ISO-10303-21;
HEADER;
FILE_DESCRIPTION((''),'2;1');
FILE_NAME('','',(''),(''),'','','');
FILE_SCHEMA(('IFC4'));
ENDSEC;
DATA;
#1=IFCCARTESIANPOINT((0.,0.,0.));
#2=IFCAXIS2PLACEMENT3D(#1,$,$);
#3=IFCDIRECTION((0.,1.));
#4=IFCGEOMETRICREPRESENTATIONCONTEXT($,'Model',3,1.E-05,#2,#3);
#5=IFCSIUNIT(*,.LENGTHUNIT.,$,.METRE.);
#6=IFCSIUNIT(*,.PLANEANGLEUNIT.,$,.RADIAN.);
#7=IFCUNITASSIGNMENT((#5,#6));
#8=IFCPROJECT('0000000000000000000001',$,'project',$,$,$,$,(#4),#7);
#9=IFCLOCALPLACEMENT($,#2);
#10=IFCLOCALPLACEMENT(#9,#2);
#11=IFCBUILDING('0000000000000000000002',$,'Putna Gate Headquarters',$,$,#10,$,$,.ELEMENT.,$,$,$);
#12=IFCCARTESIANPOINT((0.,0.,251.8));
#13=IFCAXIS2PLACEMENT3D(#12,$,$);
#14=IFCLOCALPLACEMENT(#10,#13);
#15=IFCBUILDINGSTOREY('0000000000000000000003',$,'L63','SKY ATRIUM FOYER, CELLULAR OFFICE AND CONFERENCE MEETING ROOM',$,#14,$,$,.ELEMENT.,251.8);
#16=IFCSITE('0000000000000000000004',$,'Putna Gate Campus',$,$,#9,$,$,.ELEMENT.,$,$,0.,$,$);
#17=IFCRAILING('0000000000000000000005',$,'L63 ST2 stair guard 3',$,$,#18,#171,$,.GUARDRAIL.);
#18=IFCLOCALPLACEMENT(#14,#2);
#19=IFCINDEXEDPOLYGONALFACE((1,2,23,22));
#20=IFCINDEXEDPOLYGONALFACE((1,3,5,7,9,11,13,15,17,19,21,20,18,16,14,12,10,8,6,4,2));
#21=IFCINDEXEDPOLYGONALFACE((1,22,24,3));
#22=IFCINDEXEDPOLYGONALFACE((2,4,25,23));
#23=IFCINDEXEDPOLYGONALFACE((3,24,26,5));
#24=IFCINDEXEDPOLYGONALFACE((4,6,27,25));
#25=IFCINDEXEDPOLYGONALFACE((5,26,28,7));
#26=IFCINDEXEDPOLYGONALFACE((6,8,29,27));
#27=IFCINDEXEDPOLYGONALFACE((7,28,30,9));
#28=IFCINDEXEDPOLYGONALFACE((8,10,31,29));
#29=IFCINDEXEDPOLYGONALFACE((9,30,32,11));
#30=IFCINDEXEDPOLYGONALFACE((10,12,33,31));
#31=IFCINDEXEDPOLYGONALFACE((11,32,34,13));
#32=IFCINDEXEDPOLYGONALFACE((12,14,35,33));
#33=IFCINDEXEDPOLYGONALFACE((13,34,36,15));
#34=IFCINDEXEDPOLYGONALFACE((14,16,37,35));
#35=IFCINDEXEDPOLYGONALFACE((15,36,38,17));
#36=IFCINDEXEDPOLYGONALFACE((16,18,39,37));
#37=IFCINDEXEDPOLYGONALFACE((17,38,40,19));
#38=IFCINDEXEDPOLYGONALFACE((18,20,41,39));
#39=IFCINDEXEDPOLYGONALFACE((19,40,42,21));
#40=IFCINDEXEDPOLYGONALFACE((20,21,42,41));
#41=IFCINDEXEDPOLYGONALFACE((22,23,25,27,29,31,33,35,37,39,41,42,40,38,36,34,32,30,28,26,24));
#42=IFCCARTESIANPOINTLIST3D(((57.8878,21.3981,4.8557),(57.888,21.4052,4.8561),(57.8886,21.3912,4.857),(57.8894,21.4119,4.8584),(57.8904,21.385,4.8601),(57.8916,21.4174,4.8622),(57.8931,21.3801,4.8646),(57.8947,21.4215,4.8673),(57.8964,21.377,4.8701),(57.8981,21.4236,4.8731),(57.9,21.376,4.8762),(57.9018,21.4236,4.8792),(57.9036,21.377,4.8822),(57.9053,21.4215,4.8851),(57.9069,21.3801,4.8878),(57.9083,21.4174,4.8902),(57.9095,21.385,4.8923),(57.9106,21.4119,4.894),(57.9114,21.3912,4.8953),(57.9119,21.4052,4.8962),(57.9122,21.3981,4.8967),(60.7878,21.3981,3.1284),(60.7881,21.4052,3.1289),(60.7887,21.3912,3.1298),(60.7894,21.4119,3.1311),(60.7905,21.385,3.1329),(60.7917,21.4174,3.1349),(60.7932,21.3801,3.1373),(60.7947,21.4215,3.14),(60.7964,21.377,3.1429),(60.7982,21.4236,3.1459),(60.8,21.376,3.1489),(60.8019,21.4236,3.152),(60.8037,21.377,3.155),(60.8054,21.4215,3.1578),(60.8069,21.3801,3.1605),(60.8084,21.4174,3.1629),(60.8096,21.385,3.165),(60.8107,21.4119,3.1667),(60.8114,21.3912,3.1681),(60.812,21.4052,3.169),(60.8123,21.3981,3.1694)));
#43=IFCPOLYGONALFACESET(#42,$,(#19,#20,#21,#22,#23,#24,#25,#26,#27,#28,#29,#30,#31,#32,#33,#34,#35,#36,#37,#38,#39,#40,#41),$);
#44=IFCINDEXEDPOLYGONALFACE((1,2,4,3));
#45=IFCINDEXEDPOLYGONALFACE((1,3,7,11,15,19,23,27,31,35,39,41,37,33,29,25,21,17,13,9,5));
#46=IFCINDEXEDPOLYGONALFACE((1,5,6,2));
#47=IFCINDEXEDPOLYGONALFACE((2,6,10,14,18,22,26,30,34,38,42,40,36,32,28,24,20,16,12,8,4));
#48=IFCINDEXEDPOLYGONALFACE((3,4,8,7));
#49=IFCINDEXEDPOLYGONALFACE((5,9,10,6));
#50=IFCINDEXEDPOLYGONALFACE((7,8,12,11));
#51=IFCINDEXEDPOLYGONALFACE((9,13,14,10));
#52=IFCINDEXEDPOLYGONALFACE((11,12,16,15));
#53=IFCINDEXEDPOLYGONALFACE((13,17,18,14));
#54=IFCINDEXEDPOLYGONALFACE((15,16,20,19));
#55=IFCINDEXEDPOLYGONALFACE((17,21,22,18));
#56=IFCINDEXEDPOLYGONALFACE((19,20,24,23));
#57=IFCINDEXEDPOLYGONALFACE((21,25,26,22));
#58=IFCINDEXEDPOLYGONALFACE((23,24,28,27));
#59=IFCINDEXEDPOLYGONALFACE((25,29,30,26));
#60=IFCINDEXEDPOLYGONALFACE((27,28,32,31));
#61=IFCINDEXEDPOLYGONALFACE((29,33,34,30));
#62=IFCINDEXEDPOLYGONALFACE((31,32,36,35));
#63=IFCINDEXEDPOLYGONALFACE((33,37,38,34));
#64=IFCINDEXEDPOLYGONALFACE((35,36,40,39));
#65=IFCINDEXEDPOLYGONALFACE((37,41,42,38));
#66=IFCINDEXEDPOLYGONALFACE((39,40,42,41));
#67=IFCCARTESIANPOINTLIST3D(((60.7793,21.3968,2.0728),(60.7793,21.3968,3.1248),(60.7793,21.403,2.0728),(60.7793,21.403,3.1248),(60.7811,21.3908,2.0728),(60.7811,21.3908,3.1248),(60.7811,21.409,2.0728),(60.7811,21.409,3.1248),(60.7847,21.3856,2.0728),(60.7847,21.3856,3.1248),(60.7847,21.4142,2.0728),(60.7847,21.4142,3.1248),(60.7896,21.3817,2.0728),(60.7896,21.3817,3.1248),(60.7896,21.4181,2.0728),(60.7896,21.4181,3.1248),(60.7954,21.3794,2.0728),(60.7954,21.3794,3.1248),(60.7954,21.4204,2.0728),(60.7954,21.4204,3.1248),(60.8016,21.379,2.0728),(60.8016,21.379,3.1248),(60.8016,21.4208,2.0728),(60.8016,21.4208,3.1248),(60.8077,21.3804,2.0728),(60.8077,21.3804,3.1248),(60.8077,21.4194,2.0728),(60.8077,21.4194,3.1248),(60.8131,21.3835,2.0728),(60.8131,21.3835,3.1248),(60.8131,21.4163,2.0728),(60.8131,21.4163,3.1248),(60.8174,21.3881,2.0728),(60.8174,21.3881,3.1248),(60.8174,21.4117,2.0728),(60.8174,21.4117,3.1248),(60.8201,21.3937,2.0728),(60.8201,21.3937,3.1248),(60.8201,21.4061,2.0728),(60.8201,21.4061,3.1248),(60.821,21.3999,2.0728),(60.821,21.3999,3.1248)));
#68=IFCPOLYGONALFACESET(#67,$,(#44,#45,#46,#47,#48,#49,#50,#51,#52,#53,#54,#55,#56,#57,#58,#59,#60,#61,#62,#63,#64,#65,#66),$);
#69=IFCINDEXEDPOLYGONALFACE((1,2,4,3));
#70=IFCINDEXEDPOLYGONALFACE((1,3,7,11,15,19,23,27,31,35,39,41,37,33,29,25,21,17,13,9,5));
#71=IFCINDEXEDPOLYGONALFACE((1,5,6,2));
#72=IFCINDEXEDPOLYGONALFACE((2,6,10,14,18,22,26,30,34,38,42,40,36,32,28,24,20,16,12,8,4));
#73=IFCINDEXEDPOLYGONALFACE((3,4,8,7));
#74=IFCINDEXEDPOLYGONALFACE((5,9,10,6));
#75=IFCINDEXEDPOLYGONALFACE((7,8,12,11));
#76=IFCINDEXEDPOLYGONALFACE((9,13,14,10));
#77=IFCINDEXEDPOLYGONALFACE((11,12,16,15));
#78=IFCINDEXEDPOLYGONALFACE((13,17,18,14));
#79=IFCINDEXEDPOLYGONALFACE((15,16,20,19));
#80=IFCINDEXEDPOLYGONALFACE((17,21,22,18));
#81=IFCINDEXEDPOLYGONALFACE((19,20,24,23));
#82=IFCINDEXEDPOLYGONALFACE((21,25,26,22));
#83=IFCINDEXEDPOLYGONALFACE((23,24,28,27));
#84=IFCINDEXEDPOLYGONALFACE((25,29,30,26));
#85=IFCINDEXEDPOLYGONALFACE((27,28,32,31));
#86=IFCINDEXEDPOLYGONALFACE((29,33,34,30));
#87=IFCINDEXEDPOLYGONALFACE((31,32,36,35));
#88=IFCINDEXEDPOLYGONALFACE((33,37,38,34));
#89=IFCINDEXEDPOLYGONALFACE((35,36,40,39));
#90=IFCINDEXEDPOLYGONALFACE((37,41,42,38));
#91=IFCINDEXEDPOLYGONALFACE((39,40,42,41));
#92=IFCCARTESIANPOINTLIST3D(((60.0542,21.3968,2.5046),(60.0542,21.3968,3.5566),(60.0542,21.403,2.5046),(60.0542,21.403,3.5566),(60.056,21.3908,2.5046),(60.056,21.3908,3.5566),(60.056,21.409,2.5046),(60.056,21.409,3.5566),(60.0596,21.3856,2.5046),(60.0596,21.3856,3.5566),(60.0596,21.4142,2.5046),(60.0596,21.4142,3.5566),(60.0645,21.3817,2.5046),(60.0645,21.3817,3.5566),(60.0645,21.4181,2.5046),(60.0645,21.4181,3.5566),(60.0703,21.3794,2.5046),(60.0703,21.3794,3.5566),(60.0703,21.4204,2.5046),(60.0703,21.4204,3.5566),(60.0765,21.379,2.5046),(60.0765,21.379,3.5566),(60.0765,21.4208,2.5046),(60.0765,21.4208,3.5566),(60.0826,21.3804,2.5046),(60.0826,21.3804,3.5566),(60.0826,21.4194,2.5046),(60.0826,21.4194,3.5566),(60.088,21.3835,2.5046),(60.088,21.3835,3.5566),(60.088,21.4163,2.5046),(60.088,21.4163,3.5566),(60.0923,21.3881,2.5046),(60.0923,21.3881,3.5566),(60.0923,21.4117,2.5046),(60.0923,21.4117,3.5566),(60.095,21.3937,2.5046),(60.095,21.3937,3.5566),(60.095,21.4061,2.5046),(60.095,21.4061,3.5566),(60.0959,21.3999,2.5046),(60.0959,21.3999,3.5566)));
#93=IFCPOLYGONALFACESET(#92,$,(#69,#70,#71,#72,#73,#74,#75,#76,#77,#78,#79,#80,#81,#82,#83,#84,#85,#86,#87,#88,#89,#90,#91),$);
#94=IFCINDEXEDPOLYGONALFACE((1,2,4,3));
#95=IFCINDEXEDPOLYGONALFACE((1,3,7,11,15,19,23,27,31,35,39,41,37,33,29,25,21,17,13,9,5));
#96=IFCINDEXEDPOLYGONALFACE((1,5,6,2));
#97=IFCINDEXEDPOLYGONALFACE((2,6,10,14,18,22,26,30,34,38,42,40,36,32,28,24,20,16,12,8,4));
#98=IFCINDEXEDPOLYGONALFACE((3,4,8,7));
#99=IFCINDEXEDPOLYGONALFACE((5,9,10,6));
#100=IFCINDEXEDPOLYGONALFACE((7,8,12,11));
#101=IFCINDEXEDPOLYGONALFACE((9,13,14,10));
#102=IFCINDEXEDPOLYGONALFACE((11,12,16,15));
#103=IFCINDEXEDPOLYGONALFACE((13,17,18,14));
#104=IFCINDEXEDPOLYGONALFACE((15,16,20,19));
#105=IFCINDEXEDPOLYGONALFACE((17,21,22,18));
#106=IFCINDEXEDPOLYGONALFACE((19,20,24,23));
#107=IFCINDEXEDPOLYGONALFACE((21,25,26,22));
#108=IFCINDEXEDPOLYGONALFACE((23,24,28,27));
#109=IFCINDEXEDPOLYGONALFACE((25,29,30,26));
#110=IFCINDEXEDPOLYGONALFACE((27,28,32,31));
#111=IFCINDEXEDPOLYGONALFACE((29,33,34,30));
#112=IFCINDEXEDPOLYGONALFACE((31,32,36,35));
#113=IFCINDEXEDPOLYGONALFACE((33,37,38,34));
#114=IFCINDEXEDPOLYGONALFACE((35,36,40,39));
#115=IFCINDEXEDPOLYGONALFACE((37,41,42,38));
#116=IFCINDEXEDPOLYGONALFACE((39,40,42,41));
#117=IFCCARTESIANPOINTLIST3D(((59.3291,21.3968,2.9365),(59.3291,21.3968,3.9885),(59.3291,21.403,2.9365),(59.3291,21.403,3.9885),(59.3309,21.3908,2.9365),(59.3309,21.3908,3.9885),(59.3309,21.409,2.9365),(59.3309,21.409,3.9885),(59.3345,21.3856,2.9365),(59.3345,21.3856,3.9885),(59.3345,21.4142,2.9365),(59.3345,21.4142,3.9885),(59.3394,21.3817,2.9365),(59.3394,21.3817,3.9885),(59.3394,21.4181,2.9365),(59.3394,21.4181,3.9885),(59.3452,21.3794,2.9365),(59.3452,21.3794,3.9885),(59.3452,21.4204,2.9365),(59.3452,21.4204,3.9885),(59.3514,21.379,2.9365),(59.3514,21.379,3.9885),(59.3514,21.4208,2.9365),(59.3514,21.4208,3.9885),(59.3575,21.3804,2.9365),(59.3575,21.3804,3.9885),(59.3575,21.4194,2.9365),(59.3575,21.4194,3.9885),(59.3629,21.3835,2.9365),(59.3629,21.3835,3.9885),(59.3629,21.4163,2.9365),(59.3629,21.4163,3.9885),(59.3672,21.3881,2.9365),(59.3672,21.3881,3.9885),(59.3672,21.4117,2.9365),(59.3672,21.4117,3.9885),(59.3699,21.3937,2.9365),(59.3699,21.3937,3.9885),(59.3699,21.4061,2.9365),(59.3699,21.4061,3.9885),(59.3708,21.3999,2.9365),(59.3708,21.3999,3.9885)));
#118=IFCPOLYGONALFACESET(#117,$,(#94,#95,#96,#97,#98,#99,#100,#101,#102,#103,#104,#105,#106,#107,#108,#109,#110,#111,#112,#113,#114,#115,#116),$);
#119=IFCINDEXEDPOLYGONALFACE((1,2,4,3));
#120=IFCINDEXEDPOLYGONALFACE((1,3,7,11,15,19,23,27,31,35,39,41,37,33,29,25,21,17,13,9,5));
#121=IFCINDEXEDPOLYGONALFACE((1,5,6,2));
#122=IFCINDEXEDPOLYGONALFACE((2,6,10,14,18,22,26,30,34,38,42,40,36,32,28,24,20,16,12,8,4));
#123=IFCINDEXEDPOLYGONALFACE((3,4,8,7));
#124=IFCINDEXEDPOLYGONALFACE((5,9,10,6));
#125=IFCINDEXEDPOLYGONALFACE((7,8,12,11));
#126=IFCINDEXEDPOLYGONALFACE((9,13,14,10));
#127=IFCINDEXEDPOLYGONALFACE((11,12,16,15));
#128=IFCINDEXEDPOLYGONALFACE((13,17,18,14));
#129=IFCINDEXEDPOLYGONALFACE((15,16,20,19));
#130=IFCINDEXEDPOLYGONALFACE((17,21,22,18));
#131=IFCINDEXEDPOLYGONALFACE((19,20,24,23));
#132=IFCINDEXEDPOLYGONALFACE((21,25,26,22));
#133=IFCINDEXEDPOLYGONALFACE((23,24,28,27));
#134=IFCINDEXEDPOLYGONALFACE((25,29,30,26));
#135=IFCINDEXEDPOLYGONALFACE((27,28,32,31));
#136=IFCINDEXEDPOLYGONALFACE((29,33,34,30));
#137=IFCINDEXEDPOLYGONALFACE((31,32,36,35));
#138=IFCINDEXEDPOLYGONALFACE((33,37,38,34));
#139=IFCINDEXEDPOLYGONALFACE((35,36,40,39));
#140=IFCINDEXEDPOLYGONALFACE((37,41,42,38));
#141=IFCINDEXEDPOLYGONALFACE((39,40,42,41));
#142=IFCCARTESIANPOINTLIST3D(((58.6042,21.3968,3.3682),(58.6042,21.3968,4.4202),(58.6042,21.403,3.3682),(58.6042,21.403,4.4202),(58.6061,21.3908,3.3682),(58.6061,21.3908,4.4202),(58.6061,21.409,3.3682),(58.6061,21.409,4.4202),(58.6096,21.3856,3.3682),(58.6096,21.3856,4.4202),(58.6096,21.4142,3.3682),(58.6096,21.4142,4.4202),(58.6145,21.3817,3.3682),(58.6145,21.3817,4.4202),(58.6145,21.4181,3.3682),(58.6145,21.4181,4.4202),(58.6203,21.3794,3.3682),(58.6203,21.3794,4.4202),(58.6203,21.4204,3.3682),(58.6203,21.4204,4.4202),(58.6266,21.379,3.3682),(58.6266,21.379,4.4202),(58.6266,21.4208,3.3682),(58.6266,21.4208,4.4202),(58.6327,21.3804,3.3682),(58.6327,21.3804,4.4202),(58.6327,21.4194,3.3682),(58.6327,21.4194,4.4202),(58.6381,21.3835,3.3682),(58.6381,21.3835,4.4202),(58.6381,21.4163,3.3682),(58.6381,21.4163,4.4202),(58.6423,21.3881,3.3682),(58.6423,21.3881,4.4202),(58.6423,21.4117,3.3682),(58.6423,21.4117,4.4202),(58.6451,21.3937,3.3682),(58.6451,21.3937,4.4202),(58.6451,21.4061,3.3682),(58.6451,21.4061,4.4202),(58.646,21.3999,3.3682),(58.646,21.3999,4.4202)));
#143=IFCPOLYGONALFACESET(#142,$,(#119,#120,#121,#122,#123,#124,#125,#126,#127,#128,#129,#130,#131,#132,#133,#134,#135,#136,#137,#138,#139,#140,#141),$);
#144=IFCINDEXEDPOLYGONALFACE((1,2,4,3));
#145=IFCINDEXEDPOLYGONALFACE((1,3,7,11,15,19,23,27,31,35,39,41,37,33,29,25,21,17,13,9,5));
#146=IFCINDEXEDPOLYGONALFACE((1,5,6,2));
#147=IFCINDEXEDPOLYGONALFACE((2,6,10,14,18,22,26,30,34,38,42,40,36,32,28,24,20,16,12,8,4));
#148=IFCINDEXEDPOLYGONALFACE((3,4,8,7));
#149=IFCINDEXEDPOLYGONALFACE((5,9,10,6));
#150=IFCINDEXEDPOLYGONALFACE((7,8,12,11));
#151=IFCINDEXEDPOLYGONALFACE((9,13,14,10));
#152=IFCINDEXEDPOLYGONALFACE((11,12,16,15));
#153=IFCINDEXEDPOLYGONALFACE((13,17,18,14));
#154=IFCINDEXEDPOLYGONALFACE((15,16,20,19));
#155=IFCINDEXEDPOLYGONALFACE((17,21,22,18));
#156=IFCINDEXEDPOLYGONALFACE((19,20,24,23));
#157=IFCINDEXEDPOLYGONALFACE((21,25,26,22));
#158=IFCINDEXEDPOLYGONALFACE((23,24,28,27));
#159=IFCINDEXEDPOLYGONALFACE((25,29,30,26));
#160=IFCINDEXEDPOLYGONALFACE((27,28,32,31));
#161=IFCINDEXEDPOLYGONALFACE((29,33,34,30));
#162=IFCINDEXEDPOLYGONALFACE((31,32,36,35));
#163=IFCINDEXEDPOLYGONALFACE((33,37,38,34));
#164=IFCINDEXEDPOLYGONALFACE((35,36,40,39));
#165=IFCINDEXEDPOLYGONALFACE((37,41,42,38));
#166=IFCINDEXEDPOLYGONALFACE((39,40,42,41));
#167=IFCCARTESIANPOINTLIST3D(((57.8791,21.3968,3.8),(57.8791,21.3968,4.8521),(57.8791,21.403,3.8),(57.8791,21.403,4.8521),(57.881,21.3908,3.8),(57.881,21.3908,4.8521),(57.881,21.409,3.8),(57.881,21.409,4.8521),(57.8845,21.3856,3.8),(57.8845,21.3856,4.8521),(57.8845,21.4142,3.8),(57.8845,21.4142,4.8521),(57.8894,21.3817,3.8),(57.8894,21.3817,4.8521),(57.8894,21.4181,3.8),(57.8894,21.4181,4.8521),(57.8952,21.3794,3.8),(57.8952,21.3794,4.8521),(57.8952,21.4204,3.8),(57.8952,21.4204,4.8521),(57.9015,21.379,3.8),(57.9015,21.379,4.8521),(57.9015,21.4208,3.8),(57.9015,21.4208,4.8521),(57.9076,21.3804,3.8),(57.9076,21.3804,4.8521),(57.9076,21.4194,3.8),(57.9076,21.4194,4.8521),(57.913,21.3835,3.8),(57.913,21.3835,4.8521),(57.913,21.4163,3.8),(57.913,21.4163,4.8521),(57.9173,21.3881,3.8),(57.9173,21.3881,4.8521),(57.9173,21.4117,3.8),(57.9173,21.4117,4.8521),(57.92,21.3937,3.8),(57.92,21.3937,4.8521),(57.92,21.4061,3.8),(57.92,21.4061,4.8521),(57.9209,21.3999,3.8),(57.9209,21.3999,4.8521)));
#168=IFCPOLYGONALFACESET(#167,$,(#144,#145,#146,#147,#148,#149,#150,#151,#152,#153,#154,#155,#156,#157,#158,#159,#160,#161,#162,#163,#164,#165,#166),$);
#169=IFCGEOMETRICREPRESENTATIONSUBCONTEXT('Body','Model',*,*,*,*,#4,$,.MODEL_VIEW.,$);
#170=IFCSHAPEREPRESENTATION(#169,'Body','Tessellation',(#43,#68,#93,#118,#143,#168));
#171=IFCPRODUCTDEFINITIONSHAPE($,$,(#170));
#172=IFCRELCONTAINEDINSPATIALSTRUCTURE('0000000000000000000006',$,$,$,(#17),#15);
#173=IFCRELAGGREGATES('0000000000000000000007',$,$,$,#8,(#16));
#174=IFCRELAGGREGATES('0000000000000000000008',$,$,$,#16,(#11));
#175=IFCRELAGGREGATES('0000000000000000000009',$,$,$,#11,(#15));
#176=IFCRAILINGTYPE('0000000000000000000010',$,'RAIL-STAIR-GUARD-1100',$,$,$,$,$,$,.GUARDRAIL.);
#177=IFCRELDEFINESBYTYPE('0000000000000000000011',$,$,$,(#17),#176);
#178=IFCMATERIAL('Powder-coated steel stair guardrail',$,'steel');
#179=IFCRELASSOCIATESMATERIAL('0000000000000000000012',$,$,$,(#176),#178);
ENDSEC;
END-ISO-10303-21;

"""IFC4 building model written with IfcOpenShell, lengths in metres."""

from ifc_helpers import new_model, si_unit, direction, frame, origin, origin_2d, place, context, subcontext, project, spatial, circle, extrude, material, type_object, element, save


model = new_model("IFC4")

# Units and contexts
model_context = context("Model", 3, precision=1e-05, world=origin(), true_north=direction((0.0, 1.0)))
body_context = subcontext(model_context, "Body", "Model", "MODEL_VIEW")
ifc_project = project(units=[si_unit("LENGTHUNIT", "METRE"), si_unit("PLANEANGLEUNIT", "RADIAN")], contexts=[model_context])

# Site, building, storey
site_placement = place(None, origin())
site = spatial("IfcSite", under=ifc_project, at=site_placement, Name="Putna Gate Campus", CompositionType="ELEMENT", RefElevation=0.0)
building_placement = place(site_placement, origin())
building = spatial("IfcBuilding", under=site, at=building_placement, Name="Putna Gate Headquarters", CompositionType="ELEMENT")
storey_placement = place(building_placement, frame((0.0, 0.0, 251.8)))
storey = spatial("IfcBuildingStorey", under=building, at=storey_placement, Name="L63", Description="SKY ATRIUM FOYER, CELLULAR OFFICE AND CONFERENCE MEETING ROOM", CompositionType="ELEMENT", Elevation=251.8)

# Railing
ifc_material_1 = material(Name="Powder-coated steel stair guardrail", Category="steel")
railing_type_1 = type_object("IfcRailingType", Name="RAIL-STAIR-GUARD-1100", PredefinedType="GUARDRAIL", material=ifc_material_1)
railing_1_placement = place(storey_placement, frame((60.8, 21.3999, 2.0728)))
element("IfcRailing", 1, at=railing_1_placement, inside=storey, type_object=railing_type_1, Name="L63 ST2 stair guard 3", PredefinedType="GUARDRAIL", context=body_context, shape_type="SweptSolid", body=[
    extrude(circle(Radius=0.0239, at=origin_2d()), frame((0.0, 0.0, 1.0762), z_axis=(-0.85916, 0.0, 0.511706), x_axis=(0.0, -1.0, 0.0)), (0.0, 0.0, 1.0), 3.3755),
    extrude(circle(Radius=0.021, at=origin_2d()), origin(), (0.0, 0.0, 1.0), 1.052),
    extrude(circle(Radius=0.021, at=origin_2d()), frame((-0.7251, 0.0, 0.4319)), (0.0, 0.0, 1.0), 1.052),
    extrude(circle(Radius=0.021, at=origin_2d()), frame((-1.4502, 0.0, 0.8638)), (0.0, 0.0, 1.0), 1.052),
    extrude(circle(Radius=0.021, at=origin_2d()), frame((-2.175, 0.0, 1.2954)), (0.0, 0.0, 1.0), 1.052),
    extrude(circle(Radius=0.021, at=origin_2d()), frame((-2.9001, 0.0, 1.7273)), (0.0, 0.0, 1.0), 1.052),
])

save(model, "model.ifc")
